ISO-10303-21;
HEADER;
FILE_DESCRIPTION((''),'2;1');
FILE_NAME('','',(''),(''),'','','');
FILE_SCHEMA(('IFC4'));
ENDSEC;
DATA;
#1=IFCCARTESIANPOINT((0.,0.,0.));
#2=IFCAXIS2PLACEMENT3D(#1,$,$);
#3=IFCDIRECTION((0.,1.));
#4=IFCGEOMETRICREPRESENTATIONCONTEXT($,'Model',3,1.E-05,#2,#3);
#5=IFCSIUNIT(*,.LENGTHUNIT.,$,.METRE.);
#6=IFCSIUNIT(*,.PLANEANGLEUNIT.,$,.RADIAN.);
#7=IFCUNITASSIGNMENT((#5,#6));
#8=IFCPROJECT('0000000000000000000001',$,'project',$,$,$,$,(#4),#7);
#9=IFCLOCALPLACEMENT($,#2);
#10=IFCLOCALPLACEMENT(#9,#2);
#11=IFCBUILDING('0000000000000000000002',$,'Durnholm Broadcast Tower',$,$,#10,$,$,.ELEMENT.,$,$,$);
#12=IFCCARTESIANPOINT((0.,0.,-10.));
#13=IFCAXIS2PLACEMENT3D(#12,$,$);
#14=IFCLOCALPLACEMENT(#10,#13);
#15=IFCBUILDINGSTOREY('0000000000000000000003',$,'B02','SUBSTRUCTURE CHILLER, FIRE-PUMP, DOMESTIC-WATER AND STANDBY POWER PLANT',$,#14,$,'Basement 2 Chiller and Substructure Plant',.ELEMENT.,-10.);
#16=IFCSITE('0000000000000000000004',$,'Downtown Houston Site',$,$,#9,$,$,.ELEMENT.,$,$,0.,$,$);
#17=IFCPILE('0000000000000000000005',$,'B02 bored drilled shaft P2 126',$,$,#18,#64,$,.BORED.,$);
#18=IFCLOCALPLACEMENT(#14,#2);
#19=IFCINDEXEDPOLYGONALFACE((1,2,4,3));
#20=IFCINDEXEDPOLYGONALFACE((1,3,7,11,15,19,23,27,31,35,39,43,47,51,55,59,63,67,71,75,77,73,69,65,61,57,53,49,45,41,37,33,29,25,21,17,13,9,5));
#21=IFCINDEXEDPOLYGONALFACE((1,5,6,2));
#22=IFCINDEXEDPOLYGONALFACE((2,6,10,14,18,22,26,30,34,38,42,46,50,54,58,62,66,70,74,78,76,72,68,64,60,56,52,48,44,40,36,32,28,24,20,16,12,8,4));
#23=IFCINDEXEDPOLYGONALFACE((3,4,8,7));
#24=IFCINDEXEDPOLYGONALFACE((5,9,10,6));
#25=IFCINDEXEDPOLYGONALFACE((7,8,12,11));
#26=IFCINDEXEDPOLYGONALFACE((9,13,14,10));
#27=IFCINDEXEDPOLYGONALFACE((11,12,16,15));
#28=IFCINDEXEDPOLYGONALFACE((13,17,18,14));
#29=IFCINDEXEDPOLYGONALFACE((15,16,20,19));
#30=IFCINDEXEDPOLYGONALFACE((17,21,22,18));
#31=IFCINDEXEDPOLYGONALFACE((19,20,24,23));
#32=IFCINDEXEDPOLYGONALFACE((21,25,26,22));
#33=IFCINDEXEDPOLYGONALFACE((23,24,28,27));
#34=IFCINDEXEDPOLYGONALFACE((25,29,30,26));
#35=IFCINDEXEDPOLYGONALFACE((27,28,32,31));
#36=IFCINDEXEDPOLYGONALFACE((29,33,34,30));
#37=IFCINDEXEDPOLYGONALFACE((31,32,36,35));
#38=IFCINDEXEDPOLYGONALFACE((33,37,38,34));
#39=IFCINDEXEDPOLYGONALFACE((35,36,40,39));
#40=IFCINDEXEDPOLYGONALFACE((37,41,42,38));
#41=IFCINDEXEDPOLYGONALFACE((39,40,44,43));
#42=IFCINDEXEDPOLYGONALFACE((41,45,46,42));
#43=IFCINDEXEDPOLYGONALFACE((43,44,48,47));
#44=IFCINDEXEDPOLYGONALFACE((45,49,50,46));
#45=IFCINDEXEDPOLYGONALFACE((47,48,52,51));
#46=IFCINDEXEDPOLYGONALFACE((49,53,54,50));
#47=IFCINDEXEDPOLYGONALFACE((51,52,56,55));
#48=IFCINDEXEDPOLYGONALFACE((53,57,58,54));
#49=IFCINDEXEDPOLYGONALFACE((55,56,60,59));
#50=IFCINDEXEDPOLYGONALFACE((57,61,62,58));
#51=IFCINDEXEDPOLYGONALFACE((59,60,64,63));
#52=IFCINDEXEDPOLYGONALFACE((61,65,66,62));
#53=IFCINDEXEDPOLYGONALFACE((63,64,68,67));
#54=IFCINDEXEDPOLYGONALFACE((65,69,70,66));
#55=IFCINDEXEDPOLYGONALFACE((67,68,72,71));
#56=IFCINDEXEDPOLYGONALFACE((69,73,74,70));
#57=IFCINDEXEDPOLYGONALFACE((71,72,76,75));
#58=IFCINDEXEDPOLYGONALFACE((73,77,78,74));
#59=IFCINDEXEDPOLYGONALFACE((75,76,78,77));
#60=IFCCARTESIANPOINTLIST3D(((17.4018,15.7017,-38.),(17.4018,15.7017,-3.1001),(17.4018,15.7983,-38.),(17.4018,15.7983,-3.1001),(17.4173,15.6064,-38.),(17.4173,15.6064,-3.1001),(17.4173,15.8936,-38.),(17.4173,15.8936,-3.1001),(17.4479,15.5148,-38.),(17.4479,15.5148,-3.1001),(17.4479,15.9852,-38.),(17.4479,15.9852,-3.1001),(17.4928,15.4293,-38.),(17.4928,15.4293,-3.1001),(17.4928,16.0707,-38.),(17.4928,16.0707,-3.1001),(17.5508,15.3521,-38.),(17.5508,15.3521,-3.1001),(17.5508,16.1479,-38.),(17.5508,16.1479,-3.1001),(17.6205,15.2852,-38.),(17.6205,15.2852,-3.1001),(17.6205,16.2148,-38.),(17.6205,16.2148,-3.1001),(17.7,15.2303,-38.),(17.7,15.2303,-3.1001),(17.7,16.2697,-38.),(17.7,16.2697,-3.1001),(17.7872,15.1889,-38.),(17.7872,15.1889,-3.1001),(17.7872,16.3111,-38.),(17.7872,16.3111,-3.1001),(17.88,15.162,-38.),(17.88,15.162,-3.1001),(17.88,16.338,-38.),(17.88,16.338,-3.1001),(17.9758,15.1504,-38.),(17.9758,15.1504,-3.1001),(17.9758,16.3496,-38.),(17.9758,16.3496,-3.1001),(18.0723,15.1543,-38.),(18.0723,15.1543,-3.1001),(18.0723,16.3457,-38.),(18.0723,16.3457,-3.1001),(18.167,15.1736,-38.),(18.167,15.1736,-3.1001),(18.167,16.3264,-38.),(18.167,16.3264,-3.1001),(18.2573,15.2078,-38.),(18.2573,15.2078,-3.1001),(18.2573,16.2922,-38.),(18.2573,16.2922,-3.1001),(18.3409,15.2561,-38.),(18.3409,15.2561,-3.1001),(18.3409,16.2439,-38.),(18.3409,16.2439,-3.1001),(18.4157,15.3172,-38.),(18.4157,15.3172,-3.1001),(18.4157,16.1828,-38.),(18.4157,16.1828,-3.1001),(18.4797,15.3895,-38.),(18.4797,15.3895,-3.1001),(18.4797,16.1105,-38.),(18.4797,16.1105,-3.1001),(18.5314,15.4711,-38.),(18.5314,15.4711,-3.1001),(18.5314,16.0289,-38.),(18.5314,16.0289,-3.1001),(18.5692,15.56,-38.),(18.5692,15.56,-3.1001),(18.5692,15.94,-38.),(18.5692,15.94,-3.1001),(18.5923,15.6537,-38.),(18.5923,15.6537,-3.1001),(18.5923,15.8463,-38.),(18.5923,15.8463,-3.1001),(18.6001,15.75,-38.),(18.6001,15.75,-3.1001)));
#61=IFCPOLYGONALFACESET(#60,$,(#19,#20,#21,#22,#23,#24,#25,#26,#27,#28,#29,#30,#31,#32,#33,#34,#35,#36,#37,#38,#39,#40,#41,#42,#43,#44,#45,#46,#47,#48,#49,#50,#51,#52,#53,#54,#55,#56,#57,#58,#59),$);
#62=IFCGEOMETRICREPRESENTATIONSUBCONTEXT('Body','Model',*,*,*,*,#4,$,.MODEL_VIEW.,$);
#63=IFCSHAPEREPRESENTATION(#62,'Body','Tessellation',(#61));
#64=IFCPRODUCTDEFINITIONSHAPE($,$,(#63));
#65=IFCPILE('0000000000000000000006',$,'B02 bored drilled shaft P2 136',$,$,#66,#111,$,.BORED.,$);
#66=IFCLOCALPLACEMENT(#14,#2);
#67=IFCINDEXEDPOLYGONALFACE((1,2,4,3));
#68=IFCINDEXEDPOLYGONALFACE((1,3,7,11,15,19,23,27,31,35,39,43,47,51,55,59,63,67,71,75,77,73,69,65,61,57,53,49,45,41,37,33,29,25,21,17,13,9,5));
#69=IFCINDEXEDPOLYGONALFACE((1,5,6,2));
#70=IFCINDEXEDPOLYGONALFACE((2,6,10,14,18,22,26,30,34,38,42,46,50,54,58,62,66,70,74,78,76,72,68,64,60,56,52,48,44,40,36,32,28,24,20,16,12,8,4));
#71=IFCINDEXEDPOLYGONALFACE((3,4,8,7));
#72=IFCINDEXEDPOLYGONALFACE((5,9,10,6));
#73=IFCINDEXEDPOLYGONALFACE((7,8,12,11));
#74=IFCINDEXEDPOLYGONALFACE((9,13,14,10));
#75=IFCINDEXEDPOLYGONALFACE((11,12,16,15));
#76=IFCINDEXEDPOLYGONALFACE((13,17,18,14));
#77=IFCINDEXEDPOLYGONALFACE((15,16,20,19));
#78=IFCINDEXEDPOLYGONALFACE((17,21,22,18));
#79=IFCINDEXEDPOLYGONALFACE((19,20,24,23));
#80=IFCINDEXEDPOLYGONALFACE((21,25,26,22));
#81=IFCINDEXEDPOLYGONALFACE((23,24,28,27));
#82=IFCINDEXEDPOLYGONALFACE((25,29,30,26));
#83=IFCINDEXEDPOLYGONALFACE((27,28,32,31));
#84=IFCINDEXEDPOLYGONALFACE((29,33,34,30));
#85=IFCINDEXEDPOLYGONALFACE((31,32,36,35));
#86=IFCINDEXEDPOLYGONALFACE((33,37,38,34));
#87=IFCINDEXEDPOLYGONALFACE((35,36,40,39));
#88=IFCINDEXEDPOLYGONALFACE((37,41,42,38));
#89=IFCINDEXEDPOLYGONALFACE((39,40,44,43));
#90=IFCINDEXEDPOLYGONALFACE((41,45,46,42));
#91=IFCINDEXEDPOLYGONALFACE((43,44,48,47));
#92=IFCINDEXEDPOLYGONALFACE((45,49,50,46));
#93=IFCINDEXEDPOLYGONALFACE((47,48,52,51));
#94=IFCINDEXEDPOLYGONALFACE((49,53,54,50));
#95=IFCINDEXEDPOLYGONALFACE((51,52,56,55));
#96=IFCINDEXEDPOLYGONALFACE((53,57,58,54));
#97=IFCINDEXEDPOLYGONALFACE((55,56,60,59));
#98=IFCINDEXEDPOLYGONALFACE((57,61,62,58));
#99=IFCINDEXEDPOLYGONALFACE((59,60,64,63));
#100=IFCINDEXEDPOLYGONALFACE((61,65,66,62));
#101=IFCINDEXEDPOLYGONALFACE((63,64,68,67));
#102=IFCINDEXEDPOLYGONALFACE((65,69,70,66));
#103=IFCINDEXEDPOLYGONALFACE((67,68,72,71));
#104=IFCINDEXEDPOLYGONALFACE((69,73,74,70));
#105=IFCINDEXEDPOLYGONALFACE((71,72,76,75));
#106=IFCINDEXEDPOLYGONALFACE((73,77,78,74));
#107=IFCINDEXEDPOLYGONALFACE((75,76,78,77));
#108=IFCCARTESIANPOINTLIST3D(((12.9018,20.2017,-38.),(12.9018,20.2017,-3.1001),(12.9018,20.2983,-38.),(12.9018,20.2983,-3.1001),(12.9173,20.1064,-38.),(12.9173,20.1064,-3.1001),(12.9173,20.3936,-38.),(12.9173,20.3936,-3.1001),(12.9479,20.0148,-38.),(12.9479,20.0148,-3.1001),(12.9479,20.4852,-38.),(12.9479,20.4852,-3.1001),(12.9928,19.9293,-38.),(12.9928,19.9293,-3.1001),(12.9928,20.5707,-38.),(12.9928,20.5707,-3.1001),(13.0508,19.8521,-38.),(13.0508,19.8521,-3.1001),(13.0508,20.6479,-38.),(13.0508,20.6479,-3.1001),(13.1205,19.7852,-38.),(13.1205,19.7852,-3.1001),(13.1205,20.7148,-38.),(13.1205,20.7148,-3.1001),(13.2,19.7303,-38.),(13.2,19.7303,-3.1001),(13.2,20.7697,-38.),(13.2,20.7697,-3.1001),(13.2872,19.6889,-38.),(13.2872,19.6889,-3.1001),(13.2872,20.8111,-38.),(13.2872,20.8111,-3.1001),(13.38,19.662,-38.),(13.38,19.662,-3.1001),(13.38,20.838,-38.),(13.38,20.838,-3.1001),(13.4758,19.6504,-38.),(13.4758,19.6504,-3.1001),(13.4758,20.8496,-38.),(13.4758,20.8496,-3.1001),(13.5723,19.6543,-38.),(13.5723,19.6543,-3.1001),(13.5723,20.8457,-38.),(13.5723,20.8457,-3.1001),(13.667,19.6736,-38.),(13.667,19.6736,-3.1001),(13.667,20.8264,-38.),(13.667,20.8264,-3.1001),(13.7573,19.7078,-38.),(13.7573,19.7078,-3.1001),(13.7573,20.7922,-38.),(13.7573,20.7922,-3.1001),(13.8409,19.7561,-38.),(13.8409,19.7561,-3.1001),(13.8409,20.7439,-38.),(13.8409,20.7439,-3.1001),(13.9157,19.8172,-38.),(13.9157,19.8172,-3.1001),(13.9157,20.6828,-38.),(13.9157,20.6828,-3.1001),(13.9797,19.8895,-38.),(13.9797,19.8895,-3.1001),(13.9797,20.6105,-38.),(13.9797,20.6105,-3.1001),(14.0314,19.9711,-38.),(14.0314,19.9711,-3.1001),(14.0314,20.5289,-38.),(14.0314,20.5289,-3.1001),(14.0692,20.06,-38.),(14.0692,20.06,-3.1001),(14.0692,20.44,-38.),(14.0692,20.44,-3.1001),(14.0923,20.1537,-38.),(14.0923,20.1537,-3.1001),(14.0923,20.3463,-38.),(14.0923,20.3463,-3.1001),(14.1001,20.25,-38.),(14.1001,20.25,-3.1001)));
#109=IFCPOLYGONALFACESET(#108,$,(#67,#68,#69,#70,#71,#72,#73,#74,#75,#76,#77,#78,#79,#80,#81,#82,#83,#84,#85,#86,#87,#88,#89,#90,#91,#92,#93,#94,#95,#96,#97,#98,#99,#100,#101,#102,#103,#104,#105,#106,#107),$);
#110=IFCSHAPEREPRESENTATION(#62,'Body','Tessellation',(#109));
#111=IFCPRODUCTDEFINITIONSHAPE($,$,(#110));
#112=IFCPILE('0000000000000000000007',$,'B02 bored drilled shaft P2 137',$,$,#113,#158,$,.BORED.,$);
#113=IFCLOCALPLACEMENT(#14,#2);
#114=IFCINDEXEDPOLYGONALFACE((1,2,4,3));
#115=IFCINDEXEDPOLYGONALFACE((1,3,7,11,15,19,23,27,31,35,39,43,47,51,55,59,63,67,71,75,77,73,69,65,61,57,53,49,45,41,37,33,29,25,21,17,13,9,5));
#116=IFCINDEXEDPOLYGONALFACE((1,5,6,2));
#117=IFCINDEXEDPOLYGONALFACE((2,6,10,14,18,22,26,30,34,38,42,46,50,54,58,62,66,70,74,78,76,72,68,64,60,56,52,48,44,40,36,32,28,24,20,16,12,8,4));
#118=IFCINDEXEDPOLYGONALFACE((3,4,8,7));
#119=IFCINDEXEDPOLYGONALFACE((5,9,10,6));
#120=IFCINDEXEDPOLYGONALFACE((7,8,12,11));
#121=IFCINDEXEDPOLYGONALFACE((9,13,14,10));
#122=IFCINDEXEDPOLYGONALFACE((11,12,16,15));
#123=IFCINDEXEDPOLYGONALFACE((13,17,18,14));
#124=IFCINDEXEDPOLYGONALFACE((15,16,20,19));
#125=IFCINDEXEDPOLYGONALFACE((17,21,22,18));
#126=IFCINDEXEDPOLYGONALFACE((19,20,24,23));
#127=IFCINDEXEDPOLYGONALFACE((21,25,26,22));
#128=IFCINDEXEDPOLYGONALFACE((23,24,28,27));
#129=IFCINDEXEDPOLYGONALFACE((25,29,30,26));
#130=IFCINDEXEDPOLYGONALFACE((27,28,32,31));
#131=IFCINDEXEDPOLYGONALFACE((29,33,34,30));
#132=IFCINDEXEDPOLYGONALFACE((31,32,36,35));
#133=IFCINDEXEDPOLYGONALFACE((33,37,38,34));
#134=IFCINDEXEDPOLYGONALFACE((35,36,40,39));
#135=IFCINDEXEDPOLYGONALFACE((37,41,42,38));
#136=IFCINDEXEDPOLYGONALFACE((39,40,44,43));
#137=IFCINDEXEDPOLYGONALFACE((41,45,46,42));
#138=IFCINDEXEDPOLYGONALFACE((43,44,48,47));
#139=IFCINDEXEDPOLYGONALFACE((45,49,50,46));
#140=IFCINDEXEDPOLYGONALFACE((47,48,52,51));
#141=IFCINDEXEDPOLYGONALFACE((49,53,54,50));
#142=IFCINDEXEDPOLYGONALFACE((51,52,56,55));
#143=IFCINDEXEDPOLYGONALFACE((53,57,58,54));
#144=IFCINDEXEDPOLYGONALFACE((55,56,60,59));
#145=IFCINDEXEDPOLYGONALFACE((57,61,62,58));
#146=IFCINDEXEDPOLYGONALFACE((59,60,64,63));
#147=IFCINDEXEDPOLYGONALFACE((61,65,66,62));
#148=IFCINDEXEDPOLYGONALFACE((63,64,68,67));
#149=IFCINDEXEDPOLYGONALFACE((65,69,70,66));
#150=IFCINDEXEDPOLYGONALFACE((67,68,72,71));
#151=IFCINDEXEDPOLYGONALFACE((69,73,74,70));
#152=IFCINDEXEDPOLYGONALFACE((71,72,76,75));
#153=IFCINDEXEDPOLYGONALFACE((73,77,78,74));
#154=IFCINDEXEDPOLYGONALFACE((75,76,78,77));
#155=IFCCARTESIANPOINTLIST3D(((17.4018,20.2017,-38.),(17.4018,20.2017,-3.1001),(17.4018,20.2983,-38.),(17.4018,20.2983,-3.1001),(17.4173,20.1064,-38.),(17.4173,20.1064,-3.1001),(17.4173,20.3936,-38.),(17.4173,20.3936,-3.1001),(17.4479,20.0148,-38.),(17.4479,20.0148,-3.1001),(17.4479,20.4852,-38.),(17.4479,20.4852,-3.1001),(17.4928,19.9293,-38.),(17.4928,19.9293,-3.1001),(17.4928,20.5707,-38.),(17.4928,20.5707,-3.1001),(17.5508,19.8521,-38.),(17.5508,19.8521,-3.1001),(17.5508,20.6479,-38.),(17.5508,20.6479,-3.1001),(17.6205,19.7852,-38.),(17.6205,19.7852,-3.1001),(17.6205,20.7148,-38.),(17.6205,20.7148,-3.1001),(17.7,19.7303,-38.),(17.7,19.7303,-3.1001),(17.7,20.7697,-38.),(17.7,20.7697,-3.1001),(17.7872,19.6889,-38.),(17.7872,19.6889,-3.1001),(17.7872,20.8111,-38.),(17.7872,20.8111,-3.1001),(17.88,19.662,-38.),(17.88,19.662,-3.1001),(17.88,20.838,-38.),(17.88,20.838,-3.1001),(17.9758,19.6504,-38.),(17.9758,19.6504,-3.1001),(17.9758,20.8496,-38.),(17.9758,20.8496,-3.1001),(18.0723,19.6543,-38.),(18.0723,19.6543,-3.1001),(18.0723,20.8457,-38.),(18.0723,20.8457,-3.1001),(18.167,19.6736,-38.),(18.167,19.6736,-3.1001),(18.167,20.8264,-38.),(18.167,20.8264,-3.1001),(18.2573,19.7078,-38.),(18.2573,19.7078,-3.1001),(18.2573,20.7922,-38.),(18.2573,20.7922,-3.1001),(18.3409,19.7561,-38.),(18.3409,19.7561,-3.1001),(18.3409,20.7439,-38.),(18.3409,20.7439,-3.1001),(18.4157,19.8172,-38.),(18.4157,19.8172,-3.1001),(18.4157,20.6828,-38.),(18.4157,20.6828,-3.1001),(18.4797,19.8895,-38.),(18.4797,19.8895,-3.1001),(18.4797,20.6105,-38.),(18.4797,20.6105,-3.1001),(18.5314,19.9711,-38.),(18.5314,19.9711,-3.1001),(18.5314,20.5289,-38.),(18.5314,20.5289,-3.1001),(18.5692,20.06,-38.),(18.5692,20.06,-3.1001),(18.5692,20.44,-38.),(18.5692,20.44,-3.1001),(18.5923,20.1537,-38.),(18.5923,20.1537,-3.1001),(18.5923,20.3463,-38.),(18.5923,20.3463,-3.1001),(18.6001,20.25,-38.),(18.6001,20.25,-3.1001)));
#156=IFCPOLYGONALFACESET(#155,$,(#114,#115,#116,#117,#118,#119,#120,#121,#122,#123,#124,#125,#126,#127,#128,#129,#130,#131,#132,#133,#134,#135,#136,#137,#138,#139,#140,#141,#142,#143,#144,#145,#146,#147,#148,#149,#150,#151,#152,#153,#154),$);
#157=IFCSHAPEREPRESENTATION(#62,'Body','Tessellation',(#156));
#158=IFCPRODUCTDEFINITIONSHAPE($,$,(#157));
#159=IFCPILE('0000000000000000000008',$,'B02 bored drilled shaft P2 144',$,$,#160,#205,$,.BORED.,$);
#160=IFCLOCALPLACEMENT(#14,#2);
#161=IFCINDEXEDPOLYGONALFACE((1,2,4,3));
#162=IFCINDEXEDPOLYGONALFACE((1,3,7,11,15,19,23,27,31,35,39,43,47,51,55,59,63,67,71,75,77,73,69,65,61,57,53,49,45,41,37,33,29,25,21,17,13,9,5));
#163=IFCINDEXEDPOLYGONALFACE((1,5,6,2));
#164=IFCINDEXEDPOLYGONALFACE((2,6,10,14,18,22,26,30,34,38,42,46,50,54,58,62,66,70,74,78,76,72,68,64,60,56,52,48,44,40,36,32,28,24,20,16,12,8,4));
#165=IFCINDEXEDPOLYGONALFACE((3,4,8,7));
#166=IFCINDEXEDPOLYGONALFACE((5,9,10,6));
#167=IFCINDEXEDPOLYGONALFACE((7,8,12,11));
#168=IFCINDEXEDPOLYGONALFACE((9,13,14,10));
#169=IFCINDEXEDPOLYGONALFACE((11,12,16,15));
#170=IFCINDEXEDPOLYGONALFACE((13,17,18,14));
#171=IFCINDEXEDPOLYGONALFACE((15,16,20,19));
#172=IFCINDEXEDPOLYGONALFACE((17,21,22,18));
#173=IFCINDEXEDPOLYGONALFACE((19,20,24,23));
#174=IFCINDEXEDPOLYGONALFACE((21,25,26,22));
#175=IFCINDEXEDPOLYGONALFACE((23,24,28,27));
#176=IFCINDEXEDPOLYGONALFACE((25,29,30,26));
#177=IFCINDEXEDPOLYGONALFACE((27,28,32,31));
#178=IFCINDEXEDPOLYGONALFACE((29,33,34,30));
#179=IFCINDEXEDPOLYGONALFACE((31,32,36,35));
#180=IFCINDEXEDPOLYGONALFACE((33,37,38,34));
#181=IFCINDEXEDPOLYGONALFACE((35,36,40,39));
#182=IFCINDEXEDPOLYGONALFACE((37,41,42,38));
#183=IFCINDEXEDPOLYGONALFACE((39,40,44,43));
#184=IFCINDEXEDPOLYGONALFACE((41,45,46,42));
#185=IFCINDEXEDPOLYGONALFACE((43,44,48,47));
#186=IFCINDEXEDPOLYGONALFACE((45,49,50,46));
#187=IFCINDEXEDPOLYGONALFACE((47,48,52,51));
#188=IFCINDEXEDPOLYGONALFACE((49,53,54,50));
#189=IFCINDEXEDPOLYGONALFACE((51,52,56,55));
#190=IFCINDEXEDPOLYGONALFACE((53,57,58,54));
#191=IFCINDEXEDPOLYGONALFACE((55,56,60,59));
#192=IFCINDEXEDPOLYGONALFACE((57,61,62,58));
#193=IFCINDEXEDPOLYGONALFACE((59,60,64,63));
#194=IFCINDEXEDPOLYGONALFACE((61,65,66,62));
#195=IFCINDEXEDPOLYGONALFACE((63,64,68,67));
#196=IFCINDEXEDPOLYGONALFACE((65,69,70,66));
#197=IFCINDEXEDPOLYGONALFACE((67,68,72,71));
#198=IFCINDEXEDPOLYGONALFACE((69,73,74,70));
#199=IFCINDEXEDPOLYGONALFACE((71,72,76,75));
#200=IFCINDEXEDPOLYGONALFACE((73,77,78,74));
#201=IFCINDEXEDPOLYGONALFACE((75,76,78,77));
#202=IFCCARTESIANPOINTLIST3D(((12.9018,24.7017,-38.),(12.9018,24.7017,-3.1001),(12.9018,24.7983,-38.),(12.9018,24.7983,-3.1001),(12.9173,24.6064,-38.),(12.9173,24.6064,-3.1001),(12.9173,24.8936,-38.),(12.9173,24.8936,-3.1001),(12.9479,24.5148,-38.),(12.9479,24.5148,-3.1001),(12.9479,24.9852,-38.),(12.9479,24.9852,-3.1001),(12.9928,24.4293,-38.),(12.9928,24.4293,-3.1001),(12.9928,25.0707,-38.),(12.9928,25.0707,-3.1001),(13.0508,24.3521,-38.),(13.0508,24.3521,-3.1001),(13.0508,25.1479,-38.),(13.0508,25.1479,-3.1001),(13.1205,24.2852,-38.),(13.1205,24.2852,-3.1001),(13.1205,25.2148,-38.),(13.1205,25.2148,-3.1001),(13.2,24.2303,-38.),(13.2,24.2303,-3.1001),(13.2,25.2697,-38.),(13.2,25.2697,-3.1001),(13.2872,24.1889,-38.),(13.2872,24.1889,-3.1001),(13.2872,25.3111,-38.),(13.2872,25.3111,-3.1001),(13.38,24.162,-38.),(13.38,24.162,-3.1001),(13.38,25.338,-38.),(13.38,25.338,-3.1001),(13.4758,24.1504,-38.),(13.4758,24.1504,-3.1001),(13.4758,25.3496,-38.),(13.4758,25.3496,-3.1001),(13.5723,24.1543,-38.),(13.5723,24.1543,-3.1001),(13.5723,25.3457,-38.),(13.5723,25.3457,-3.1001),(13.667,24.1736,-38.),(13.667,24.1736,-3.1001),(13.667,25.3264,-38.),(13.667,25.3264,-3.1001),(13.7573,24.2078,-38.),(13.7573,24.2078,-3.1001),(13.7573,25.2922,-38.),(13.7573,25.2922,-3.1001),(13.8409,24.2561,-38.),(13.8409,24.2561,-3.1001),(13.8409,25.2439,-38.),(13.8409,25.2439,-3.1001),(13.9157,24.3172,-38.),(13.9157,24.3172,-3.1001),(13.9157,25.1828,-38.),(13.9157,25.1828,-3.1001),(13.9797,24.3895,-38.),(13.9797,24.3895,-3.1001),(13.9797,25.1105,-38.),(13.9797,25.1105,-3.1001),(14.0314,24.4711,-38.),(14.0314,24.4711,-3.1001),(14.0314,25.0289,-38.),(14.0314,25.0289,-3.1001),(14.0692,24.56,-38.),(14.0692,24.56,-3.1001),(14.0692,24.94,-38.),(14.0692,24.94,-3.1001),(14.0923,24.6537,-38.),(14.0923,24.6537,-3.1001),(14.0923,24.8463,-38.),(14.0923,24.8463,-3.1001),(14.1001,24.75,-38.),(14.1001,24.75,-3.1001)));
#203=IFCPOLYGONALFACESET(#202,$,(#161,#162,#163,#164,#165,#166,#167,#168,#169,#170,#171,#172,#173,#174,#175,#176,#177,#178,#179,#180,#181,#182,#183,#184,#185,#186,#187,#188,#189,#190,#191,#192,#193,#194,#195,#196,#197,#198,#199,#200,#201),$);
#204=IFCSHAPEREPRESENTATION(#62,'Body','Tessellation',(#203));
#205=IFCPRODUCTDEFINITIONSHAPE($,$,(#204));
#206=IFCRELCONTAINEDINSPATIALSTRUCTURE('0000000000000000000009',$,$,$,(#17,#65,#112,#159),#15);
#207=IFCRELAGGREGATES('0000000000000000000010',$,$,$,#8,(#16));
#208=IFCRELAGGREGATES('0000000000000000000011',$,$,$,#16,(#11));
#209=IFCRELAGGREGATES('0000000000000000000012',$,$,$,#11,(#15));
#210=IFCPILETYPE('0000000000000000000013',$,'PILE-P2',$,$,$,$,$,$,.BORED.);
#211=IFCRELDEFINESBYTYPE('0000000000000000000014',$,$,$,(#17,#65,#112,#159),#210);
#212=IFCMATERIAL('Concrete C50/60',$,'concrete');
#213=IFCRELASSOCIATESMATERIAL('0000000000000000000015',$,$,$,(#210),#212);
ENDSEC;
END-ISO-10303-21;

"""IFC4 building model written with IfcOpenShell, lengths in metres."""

from ifc_helpers import new_model, si_unit, direction, frame, origin, origin_2d, place, context, subcontext, project, spatial, circle, extrude, source, transform, mapped, material, material_profile, profile_set, type_object, type_shapes, element, save


model = new_model("IFC4")

# Units and contexts
model_context = context("Model", 3, precision=1e-05, world=origin(), true_north=direction((0.0, 1.0)))
body_context = subcontext(model_context, "Body", "Model", "MODEL_VIEW")
ifc_project = project(units=[si_unit("LENGTHUNIT", "METRE"), si_unit("PLANEANGLEUNIT", "RADIAN")], contexts=[model_context])

# Site, building, storey
site_placement = place(None, origin())
site = spatial("IfcSite", under=ifc_project, at=site_placement, Name="Downtown Houston Site", CompositionType="ELEMENT", RefElevation=0.0)
building_placement = place(site_placement, origin())
building = spatial("IfcBuilding", under=site, at=building_placement, Name="Durnholm Broadcast Tower", CompositionType="ELEMENT")
storey_placement = place(building_placement, frame((0.0, 0.0, -10.0)))
storey = spatial("IfcBuildingStorey", under=building, at=storey_placement, Name="B02", Description="SUBSTRUCTURE CHILLER, FIRE-PUMP, DOMESTIC-WATER AND STANDBY POWER PLANT", LongName="Basement 2 Chiller and Substructure Plant", CompositionType="ELEMENT", Elevation=-10.0)

# Piles
ifc_material_1 = material(Name="Concrete C50/60", Category="concrete")
ifc_material_profile_1 = material_profile(ifc_material_1, circle(Radius=0.6001, at=origin_2d()), Name="PILE1200")
ifc_profile_set_1 = profile_set([ifc_material_profile_1], Name="Concrete C50/60")
pile_type_1 = type_object("IfcPileType", Name="PILE-P2", PredefinedType="BORED", material=ifc_profile_set_1)
shared_shape_1 = source(origin(), body_context, "Body", "SweptSolid", [
    extrude(circle(Radius=0.6001, at=origin_2d()), origin(), (0.0, 0.0, 1.0), 34.8999),
])
type_shapes(pile_type_1, [shared_shape_1])
for number, where, z_axis, x_axis, name in (
    (1, (18.0, 15.75, -3.1001), (0.0, 0.0, -1.0), (1.0, 0.0, 0.0), "B02 bored drilled shaft P2 126"),
    (2, (13.5, 20.25, -3.1001), (0.0, 0.0, -1.0), (1.0, 0.0, 0.0), "B02 bored drilled shaft P2 136"),
    (3, (18.0, 20.25, -3.1001), (0.0, 0.0, -1.0), (1.0, 0.0, 0.0), "B02 bored drilled shaft P2 137"),
    (4, (13.5, 24.75, -3.1001), (0.0, 0.0, -1.0), (1.0, 0.0, 0.0), "B02 bored drilled shaft P2 144"),
):
    element("IfcPile", number, at=place(storey_placement, frame(where, z_axis=z_axis, x_axis=x_axis)), inside=storey, type_object=pile_type_1, Name=name, PredefinedType="BORED", context=body_context, shape_type="MappedRepresentation", body=[
        mapped(shared_shape_1, transform((0.0, 0.0, 0.0), x_axis=(1.0, 0.0, 0.0), y_axis=(0.0, 1.0, 0.0), z_axis=(0.0, 0.0, 1.0), scale=1.0)),
    ])

save(model, "model.ifc")
